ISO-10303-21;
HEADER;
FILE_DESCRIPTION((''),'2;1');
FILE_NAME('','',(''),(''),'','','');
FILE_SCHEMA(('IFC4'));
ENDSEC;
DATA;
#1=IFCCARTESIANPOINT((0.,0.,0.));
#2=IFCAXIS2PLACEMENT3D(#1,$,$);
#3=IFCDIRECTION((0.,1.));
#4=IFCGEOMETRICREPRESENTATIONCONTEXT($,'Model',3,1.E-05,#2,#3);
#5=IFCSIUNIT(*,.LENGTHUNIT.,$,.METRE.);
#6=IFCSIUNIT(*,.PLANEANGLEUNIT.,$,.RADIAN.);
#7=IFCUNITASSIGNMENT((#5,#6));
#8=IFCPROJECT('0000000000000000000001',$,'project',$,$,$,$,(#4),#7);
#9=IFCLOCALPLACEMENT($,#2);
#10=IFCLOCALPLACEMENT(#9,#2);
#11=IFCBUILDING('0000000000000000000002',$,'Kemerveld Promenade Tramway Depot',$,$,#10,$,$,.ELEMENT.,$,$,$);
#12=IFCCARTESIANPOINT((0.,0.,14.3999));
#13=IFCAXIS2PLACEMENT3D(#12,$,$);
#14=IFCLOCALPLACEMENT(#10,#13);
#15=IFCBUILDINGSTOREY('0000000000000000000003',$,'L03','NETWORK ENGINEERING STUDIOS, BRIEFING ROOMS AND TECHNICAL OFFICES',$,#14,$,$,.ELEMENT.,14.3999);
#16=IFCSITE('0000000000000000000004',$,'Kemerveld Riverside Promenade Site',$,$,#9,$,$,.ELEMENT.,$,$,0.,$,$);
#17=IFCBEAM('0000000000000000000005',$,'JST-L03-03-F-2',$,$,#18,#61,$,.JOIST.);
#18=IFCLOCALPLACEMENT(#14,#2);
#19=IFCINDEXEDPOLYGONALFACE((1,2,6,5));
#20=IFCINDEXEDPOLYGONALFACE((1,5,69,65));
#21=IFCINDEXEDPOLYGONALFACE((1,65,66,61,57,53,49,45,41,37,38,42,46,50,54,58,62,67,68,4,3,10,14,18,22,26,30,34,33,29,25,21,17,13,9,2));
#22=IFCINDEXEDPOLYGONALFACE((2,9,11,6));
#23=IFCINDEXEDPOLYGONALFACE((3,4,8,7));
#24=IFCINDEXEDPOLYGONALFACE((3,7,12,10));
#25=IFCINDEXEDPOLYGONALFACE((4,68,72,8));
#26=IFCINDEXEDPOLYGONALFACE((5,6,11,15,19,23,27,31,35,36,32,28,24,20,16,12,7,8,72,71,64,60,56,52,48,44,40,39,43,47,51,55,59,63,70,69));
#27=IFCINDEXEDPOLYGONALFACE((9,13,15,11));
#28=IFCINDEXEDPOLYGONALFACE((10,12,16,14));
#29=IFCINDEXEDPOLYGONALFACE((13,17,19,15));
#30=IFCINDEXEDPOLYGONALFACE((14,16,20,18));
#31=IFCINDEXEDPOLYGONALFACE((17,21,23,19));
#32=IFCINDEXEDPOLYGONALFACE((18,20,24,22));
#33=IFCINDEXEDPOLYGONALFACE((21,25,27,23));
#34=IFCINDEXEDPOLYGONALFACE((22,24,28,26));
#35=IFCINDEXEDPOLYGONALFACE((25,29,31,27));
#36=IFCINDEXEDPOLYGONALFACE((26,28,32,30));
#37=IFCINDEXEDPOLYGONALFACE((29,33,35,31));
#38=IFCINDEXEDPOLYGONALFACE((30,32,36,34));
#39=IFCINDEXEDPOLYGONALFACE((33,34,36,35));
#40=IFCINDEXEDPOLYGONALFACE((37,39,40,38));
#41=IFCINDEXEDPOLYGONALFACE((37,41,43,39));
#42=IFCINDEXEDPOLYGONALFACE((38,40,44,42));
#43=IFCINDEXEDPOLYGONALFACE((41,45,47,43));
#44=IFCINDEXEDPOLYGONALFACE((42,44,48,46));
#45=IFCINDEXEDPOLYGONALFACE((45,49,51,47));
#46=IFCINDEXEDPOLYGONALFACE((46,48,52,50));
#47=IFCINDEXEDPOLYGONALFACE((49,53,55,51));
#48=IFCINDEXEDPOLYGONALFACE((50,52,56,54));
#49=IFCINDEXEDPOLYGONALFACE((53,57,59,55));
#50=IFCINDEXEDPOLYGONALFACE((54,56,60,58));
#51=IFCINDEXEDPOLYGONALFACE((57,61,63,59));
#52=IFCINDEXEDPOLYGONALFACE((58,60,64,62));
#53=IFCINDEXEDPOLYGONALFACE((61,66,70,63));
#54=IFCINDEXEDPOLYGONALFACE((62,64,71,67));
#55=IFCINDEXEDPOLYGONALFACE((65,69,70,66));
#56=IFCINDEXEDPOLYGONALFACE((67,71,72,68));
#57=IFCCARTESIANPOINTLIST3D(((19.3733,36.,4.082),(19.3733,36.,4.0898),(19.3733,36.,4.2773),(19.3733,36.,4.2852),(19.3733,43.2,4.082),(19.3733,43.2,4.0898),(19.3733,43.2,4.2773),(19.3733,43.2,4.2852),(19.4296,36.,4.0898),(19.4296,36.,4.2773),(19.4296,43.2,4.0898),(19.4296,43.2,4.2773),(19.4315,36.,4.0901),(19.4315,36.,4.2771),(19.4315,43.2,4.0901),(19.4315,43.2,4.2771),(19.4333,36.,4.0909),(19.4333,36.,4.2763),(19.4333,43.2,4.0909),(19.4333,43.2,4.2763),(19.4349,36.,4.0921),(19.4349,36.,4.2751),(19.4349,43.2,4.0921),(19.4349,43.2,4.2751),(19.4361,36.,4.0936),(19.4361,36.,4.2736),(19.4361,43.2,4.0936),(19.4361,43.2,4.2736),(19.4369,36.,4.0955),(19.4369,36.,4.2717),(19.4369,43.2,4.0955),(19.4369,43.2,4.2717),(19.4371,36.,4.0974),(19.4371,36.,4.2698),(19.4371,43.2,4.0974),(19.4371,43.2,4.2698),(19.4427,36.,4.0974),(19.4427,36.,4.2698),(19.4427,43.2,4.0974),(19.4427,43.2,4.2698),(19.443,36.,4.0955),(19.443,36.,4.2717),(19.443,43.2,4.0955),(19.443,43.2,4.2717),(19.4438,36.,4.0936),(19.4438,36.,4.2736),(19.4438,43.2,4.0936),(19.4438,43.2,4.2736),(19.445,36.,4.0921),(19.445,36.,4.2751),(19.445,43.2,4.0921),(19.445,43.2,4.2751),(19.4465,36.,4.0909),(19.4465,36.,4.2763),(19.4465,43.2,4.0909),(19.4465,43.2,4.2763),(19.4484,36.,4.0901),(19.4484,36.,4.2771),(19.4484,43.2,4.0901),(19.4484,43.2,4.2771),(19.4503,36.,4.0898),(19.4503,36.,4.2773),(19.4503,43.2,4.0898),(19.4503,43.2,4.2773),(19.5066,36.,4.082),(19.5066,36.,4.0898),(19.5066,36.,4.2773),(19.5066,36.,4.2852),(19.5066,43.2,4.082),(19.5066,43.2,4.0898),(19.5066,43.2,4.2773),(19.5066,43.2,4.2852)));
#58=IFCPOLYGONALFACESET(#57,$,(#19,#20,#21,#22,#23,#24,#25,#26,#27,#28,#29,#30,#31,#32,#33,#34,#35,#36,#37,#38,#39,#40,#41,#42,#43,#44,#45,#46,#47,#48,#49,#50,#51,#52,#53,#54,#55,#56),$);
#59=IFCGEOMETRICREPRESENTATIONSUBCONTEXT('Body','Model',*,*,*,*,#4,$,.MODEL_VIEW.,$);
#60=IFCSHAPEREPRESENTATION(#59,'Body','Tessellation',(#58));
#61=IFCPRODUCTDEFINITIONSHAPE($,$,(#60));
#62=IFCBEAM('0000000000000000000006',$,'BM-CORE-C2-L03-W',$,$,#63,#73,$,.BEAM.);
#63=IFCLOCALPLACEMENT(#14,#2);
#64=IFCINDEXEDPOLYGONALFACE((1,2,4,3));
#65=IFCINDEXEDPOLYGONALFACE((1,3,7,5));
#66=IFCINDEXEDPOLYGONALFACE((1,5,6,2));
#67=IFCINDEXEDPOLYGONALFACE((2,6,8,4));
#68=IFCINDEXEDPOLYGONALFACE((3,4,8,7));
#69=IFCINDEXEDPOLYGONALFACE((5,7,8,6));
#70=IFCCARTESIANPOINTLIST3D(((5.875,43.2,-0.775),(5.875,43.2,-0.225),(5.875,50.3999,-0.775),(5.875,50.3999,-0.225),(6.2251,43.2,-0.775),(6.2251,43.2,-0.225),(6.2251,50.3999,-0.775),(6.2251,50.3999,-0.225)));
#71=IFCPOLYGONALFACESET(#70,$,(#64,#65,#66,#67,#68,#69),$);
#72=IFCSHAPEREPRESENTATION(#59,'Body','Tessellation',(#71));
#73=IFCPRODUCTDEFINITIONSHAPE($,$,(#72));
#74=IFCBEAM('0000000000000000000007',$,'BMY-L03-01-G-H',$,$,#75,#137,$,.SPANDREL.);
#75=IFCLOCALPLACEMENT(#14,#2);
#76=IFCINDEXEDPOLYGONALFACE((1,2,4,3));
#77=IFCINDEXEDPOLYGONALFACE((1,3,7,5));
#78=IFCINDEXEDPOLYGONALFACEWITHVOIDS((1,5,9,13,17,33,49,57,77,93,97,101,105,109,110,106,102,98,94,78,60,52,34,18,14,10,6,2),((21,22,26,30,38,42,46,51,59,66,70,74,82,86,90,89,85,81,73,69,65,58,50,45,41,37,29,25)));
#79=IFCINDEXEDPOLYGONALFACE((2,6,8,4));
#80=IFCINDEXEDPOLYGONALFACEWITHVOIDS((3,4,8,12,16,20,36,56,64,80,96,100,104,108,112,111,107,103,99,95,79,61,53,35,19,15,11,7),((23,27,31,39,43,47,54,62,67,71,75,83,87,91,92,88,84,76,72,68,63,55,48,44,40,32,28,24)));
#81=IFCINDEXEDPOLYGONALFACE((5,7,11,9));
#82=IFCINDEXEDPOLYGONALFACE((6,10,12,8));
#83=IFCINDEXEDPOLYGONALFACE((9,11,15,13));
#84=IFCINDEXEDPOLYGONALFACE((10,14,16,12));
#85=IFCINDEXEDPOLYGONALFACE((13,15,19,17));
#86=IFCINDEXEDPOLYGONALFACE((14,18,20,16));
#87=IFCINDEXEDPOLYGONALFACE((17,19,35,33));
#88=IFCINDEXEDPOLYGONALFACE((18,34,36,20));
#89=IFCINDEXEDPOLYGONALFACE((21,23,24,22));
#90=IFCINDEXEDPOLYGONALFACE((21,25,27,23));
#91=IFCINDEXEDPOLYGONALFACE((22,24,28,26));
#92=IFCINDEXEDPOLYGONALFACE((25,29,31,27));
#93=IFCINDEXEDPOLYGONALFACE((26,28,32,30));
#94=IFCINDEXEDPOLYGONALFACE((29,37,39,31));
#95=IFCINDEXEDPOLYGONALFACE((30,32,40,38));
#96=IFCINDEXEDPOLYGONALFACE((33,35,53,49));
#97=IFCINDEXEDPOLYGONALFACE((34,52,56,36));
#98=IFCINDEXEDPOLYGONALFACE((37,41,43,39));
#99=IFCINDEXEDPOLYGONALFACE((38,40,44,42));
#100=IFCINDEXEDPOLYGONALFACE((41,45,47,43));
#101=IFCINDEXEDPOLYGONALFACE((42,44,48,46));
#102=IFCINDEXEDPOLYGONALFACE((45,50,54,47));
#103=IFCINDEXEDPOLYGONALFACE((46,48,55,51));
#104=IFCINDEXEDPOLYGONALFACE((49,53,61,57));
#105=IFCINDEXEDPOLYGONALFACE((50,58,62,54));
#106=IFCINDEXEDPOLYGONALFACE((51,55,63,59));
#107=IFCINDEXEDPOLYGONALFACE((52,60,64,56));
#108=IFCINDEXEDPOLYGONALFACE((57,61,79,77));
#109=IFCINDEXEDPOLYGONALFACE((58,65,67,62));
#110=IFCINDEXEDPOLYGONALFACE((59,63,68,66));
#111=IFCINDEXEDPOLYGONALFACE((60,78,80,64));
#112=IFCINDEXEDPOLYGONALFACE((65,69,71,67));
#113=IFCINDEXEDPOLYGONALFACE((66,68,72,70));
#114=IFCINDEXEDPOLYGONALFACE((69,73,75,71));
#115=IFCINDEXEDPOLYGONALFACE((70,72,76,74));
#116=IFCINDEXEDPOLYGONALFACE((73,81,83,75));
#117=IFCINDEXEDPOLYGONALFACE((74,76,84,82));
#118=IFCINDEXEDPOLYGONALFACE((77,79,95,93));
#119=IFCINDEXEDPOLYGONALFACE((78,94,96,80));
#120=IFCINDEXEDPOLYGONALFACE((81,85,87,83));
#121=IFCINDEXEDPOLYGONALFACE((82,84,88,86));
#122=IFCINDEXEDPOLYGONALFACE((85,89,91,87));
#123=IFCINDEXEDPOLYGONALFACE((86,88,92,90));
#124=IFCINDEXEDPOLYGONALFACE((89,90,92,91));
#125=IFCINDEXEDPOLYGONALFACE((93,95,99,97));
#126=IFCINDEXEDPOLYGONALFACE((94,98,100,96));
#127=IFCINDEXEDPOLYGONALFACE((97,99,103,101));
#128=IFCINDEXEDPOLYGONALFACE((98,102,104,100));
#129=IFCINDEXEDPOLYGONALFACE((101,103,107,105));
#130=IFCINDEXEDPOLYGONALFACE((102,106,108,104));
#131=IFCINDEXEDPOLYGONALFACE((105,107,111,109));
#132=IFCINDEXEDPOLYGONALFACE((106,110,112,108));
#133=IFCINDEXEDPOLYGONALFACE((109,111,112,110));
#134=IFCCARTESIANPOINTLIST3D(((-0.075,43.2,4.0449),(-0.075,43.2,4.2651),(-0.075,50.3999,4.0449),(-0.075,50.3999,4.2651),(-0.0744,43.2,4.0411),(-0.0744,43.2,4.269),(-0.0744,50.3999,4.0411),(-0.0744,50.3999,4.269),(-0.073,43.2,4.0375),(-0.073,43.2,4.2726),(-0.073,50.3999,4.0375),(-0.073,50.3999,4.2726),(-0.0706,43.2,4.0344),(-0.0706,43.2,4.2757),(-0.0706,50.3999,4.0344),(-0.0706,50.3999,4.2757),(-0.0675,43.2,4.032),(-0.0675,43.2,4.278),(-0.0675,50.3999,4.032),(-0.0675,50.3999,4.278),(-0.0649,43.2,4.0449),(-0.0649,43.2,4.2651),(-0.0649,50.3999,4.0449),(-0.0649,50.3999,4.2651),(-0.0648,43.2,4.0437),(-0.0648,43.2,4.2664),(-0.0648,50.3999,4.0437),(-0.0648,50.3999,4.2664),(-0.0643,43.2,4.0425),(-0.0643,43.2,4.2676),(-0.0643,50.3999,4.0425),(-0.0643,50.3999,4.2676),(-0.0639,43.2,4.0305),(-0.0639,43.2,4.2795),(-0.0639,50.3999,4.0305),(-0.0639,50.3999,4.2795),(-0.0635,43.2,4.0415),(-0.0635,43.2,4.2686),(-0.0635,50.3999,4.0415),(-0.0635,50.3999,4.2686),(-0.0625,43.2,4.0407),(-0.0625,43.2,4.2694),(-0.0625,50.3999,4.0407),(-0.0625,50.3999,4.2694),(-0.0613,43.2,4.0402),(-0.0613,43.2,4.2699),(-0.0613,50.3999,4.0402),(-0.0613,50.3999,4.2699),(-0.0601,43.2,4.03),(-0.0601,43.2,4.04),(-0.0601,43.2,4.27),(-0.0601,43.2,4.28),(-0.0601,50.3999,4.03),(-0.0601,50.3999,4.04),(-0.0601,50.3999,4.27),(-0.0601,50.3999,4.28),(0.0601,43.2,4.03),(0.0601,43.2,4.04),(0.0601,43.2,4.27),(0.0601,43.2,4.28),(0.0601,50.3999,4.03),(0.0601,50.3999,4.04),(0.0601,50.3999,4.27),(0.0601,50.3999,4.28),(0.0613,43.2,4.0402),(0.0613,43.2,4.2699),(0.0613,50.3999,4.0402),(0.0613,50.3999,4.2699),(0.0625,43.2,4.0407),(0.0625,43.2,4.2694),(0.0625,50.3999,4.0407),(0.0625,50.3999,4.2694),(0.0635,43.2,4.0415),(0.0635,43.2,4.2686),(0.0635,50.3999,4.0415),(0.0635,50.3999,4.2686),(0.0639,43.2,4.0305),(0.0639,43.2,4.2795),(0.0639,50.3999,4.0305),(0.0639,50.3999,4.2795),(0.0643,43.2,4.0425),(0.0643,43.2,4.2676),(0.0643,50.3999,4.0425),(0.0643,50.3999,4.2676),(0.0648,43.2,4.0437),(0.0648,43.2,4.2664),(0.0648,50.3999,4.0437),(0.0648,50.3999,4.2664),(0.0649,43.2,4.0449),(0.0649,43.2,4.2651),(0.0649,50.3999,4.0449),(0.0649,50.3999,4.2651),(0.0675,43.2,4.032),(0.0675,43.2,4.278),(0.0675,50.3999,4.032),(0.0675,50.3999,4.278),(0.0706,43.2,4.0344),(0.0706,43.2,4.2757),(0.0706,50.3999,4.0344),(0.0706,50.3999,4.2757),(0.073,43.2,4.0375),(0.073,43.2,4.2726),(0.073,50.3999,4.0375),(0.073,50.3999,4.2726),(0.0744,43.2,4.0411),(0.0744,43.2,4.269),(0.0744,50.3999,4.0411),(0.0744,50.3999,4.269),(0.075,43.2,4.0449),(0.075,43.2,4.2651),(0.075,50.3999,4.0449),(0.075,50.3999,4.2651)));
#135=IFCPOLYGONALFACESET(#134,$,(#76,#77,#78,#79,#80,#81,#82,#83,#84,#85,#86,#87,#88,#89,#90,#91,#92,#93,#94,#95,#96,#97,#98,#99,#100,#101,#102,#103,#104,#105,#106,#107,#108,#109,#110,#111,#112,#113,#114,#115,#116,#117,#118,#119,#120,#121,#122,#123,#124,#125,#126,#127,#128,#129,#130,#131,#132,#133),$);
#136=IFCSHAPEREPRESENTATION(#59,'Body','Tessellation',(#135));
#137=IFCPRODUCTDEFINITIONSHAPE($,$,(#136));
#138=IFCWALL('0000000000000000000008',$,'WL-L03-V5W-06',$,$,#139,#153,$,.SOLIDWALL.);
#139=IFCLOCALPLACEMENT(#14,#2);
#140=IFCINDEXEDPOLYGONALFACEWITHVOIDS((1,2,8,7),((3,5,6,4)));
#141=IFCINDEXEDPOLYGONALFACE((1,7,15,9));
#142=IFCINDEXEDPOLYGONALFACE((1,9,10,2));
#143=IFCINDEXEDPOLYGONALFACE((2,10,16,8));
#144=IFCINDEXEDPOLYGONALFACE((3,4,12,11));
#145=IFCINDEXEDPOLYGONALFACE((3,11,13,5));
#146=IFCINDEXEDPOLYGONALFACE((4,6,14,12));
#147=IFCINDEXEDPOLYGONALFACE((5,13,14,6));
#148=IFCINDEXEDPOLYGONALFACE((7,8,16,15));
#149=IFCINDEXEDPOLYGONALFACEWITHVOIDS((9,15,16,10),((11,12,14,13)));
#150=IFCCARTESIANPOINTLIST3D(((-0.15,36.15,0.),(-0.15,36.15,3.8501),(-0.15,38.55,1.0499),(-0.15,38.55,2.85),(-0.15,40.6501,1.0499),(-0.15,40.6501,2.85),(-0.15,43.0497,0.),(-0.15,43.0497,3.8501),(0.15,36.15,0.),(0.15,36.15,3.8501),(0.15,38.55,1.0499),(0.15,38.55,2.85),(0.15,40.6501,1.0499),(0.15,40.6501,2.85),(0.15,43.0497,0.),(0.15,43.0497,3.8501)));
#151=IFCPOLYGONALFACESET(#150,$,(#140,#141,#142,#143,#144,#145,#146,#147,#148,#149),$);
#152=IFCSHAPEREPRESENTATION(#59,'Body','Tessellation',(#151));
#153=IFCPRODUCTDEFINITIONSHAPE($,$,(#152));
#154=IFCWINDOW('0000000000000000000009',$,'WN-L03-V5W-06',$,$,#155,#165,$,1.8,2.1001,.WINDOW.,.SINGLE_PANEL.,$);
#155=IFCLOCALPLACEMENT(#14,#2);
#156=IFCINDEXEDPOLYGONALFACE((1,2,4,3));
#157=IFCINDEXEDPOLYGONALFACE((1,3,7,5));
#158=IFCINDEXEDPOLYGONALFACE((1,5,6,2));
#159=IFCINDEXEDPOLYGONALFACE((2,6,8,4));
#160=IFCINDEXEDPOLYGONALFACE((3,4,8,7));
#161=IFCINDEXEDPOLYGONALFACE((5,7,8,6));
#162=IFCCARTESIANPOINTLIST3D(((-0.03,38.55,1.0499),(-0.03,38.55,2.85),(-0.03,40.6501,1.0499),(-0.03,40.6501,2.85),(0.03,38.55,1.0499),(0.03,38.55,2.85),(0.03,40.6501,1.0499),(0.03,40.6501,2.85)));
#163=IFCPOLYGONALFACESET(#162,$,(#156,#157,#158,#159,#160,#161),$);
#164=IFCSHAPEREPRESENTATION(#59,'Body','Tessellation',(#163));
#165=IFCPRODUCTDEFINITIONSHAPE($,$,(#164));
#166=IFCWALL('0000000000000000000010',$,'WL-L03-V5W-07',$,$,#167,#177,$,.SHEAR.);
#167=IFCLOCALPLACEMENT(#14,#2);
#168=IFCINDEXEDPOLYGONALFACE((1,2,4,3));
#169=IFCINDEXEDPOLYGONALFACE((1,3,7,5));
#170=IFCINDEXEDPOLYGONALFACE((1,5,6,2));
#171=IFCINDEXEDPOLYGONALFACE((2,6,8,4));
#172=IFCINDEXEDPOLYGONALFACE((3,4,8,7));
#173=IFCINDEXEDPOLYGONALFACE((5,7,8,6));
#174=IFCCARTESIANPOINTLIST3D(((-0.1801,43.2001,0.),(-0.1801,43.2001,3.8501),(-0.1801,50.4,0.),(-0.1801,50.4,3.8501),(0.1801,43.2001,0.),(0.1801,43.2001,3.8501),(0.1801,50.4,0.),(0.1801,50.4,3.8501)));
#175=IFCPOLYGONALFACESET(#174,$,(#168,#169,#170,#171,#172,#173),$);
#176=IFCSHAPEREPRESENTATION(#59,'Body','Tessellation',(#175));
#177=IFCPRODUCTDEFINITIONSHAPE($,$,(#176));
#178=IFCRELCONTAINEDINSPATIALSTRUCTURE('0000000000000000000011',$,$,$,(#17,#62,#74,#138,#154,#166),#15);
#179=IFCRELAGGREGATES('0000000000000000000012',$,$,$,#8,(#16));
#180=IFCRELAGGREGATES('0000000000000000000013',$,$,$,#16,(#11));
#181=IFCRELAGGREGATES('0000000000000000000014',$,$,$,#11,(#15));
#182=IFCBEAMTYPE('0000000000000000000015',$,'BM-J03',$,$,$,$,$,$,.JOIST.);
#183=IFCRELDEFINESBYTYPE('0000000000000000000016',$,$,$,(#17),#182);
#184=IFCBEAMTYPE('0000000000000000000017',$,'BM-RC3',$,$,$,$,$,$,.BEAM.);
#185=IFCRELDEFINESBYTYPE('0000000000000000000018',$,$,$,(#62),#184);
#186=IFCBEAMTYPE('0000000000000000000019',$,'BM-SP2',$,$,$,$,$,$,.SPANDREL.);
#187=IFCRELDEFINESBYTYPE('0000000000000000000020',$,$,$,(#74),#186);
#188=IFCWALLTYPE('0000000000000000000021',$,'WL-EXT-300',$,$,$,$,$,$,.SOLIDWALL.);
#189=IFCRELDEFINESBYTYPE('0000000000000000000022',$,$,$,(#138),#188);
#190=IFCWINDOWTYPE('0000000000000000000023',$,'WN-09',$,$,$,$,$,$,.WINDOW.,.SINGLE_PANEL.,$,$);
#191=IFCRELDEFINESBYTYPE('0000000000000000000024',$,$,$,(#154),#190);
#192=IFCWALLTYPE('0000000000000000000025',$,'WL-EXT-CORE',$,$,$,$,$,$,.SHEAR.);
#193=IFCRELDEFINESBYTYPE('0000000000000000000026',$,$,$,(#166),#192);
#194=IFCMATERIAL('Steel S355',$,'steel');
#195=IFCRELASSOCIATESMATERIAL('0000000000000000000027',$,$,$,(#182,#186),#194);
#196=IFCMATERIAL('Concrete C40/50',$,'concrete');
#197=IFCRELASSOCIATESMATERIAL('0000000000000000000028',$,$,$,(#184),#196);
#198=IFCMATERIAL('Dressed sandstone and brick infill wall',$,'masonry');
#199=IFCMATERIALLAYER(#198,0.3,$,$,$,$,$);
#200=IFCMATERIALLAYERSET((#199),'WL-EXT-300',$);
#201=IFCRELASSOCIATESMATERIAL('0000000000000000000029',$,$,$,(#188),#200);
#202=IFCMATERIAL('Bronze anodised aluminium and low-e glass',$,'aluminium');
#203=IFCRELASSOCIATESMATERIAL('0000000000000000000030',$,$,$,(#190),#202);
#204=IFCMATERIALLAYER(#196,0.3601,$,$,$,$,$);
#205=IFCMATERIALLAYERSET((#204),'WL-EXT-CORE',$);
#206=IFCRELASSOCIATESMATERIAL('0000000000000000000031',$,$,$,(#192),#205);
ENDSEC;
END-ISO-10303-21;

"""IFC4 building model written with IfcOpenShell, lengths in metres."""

from ifc_helpers import new_model, si_unit, direction, frame, frame_2d, origin, origin_2d, place, context, subcontext, project, spatial, rectangle, hollow_rectangle, i_section, extrude, material, layer, layer_set, material_profile, profile_set, type_object, element, fill, save


model = new_model("IFC4")

# Units and contexts
model_context = context("Model", 3, precision=1e-05, world=origin(), true_north=direction((0.0, 1.0)))
body_context = subcontext(model_context, "Body", "Model", "MODEL_VIEW")
ifc_project = project(units=[si_unit("LENGTHUNIT", "METRE"), si_unit("PLANEANGLEUNIT", "RADIAN")], contexts=[model_context])

# Site, building, storey
site_placement = place(None, origin())
site = spatial("IfcSite", under=ifc_project, at=site_placement, Name="Kemerveld Riverside Promenade Site", CompositionType="ELEMENT", RefElevation=0.0)
building_placement = place(site_placement, origin())
building = spatial("IfcBuilding", under=site, at=building_placement, Name="Kemerveld Promenade Tramway Depot", CompositionType="ELEMENT")
storey_placement = place(building_placement, frame((0.0, 0.0, 14.3999)))
storey = spatial("IfcBuildingStorey", under=building, at=storey_placement, Name="L03", Description="NETWORK ENGINEERING STUDIOS, BRIEFING ROOMS AND TECHNICAL OFFICES", CompositionType="ELEMENT", Elevation=14.3999)

# Shared definitions
ifc_material_1 = material(Name="Steel S355", Category="steel")

# Beams
ifc_material_profile_1 = material_profile(ifc_material_1, i_section(OverallWidth=0.1333, OverallDepth=0.2031, WebThickness=0.0056, FlangeThickness=0.0078, FilletRadius=0.0076, at=origin_2d()), Name="203x133x25 UB")
ifc_profile_set_1 = profile_set([ifc_material_profile_1], Name="Steel S355")
beam_type_1 = type_object("IfcBeamType", Name="BM-J03", PredefinedType="JOIST", material=ifc_profile_set_1)
for number, where, z_axis, x_axis, name in (
    (1, (19.4399, 36.0, 4.1836), (0.0, 1.0, 0.0), (-1.0, 0.0, 0.0), "JST-L03-03-F-2"),
):
    element("IfcBeam", number, at=place(storey_placement, frame(where, z_axis=z_axis, x_axis=x_axis)), inside=storey, type_object=beam_type_1, Name=name, PredefinedType="JOIST", context=body_context, shape_type="SweptSolid", body=[
        extrude(i_section(OverallWidth=0.1333, OverallDepth=0.2031, WebThickness=0.0056, FlangeThickness=0.0078, FilletRadius=0.0076, at=origin_2d()), origin(), (0.0, 0.0, 1.0), 7.2),
    ])
ifc_material_2 = material(Name="Concrete C40/50", Category="concrete")
ifc_material_profile_2 = material_profile(ifc_material_2, rectangle(XDim=0.3501, YDim=0.55, at=origin_2d()), Name="RC-BM-350x550")
ifc_profile_set_2 = profile_set([ifc_material_profile_2], Name="Concrete C40/50")
beam_type_2 = type_object("IfcBeamType", Name="BM-RC3", PredefinedType="BEAM", material=ifc_profile_set_2)
beam_1_placement = place(storey_placement, frame((6.05, 43.2, -0.5), z_axis=(0.0, 1.0, 0.0), x_axis=(-1.0, 0.0, 0.0)))
element("IfcBeam", 2, at=beam_1_placement, inside=storey, type_object=beam_type_2, Name="BM-CORE-C2-L03-W", PredefinedType="BEAM", context=body_context, shape_type="SweptSolid", body=[
    extrude(rectangle(XDim=0.3501, YDim=0.55, at=origin_2d()), origin(), (0.0, 0.0, 1.0), 7.2),
])
ifc_material_profile_3 = material_profile(ifc_material_1, hollow_rectangle(XDim=0.1499, YDim=0.25, WallThickness=0.01, InnerFilletRadius=0.0049, OuterFilletRadius=0.0149, at=origin_2d()), Name="250x150x10.0 RHS")
ifc_profile_set_3 = profile_set([ifc_material_profile_3], Name="Steel S355")
beam_type_3 = type_object("IfcBeamType", Name="BM-SP2", PredefinedType="SPANDREL", material=ifc_profile_set_3)
beam_2_placement = place(storey_placement, frame((0.0, 43.2, 4.155), z_axis=(0.0, 1.0, 0.0), x_axis=(-1.0, 0.0, 0.0)))
element("IfcBeam", 3, at=beam_2_placement, inside=storey, type_object=beam_type_3, Name="BMY-L03-01-G-H", PredefinedType="SPANDREL", context=body_context, shape_type="SweptSolid", body=[
    extrude(hollow_rectangle(XDim=0.1499, YDim=0.25, WallThickness=0.01, InnerFilletRadius=0.0049, OuterFilletRadius=0.0149, at=origin_2d()), origin(), (0.0, 0.0, 1.0), 7.2),
])

# Wall, opening, window
ifc_material_3 = material(Name="Dressed sandstone and brick infill wall", Category="masonry")
ifc_layer_1 = layer(ifc_material_3, 0.3)
ifc_layer_set_1 = layer_set([ifc_layer_1], Name="WL-EXT-300")
wall_type_1 = type_object("IfcWallType", Name="WL-EXT-300", PredefinedType="SOLIDWALL", material=ifc_layer_set_1)
wall_1_placement = place(storey_placement, frame((0.0, 36.1501, 0.0), z_axis=(0.0, 0.0, 1.0), x_axis=(0.0, 1.0, 0.0)))
wall_1 = element("IfcWall", 4, at=wall_1_placement, inside=storey, type_object=wall_type_1, Name="WL-L03-V5W-06", PredefinedType="SOLIDWALL", context=body_context, shape_type="SweptSolid", body=[
    extrude(rectangle(XDim=6.8997, YDim=0.3, at=frame_2d((3.4497, 0.0))), origin(), (0.0, 0.0, 1.0), 3.8501),
])
opening_placement = place(wall_1_placement, frame((2.3999, 0.0, 1.05)))
opening = element("IfcOpeningElement", 5, at=opening_placement, cuts=wall_1, PredefinedType="OPENING", context=body_context, shape_type="SweptSolid", body=[
    extrude(rectangle(XDim=2.1001, YDim=1.8, at=frame_2d((1.05, 0.8999))), frame((0.0, 0.1599, 0.0), z_axis=(0.0, -1.0, 0.0), x_axis=(1.0, 0.0, 0.0)), (0.0, 0.0, 1.0), 0.3201),
])
ifc_material_4 = material(Name="Bronze anodised aluminium and low-e glass", Category="aluminium")
window_type = type_object("IfcWindowType", Name="WN-09", PartitioningType="SINGLE_PANEL", PredefinedType="WINDOW", material=ifc_material_4)
window_placement = place(opening_placement, origin())
window = element("IfcWindow", 6, at=window_placement, inside=storey, type_object=window_type, Name="WN-L03-V5W-06", OverallHeight=1.8, OverallWidth=2.1001, PartitioningType="SINGLE_PANEL", PredefinedType="WINDOW", context=body_context, shape_type="SweptSolid", body=[
    extrude(rectangle(XDim=2.1001, YDim=1.8, at=frame_2d((1.05, 0.8999))), frame((0.0, 0.03, 0.0), z_axis=(0.0, -1.0, 0.0), x_axis=(1.0, 0.0, 0.0)), (0.0, 0.0, 1.0), 0.0601),
])
fill(opening, window)

# Wall
ifc_layer_2 = layer(ifc_material_2, 0.3601)
ifc_layer_set_2 = layer_set([ifc_layer_2], Name="WL-EXT-CORE")
wall_type_2 = type_object("IfcWallType", Name="WL-EXT-CORE", PredefinedType="SHEAR", material=ifc_layer_set_2)
wall_2_placement = place(storey_placement, frame((0.0, 43.2, 0.0), z_axis=(0.0, 0.0, 1.0), x_axis=(0.0, 1.0, 0.0)))
element("IfcWall", 7, at=wall_2_placement, inside=storey, type_object=wall_type_2, Name="WL-L03-V5W-07", PredefinedType="SHEAR", context=body_context, shape_type="SweptSolid", body=[
    extrude(rectangle(XDim=7.2, YDim=0.3601, at=frame_2d((3.6001, 0.0))), origin(), (0.0, 0.0, 1.0), 3.8501),
])

save(model, "model.ifc")
